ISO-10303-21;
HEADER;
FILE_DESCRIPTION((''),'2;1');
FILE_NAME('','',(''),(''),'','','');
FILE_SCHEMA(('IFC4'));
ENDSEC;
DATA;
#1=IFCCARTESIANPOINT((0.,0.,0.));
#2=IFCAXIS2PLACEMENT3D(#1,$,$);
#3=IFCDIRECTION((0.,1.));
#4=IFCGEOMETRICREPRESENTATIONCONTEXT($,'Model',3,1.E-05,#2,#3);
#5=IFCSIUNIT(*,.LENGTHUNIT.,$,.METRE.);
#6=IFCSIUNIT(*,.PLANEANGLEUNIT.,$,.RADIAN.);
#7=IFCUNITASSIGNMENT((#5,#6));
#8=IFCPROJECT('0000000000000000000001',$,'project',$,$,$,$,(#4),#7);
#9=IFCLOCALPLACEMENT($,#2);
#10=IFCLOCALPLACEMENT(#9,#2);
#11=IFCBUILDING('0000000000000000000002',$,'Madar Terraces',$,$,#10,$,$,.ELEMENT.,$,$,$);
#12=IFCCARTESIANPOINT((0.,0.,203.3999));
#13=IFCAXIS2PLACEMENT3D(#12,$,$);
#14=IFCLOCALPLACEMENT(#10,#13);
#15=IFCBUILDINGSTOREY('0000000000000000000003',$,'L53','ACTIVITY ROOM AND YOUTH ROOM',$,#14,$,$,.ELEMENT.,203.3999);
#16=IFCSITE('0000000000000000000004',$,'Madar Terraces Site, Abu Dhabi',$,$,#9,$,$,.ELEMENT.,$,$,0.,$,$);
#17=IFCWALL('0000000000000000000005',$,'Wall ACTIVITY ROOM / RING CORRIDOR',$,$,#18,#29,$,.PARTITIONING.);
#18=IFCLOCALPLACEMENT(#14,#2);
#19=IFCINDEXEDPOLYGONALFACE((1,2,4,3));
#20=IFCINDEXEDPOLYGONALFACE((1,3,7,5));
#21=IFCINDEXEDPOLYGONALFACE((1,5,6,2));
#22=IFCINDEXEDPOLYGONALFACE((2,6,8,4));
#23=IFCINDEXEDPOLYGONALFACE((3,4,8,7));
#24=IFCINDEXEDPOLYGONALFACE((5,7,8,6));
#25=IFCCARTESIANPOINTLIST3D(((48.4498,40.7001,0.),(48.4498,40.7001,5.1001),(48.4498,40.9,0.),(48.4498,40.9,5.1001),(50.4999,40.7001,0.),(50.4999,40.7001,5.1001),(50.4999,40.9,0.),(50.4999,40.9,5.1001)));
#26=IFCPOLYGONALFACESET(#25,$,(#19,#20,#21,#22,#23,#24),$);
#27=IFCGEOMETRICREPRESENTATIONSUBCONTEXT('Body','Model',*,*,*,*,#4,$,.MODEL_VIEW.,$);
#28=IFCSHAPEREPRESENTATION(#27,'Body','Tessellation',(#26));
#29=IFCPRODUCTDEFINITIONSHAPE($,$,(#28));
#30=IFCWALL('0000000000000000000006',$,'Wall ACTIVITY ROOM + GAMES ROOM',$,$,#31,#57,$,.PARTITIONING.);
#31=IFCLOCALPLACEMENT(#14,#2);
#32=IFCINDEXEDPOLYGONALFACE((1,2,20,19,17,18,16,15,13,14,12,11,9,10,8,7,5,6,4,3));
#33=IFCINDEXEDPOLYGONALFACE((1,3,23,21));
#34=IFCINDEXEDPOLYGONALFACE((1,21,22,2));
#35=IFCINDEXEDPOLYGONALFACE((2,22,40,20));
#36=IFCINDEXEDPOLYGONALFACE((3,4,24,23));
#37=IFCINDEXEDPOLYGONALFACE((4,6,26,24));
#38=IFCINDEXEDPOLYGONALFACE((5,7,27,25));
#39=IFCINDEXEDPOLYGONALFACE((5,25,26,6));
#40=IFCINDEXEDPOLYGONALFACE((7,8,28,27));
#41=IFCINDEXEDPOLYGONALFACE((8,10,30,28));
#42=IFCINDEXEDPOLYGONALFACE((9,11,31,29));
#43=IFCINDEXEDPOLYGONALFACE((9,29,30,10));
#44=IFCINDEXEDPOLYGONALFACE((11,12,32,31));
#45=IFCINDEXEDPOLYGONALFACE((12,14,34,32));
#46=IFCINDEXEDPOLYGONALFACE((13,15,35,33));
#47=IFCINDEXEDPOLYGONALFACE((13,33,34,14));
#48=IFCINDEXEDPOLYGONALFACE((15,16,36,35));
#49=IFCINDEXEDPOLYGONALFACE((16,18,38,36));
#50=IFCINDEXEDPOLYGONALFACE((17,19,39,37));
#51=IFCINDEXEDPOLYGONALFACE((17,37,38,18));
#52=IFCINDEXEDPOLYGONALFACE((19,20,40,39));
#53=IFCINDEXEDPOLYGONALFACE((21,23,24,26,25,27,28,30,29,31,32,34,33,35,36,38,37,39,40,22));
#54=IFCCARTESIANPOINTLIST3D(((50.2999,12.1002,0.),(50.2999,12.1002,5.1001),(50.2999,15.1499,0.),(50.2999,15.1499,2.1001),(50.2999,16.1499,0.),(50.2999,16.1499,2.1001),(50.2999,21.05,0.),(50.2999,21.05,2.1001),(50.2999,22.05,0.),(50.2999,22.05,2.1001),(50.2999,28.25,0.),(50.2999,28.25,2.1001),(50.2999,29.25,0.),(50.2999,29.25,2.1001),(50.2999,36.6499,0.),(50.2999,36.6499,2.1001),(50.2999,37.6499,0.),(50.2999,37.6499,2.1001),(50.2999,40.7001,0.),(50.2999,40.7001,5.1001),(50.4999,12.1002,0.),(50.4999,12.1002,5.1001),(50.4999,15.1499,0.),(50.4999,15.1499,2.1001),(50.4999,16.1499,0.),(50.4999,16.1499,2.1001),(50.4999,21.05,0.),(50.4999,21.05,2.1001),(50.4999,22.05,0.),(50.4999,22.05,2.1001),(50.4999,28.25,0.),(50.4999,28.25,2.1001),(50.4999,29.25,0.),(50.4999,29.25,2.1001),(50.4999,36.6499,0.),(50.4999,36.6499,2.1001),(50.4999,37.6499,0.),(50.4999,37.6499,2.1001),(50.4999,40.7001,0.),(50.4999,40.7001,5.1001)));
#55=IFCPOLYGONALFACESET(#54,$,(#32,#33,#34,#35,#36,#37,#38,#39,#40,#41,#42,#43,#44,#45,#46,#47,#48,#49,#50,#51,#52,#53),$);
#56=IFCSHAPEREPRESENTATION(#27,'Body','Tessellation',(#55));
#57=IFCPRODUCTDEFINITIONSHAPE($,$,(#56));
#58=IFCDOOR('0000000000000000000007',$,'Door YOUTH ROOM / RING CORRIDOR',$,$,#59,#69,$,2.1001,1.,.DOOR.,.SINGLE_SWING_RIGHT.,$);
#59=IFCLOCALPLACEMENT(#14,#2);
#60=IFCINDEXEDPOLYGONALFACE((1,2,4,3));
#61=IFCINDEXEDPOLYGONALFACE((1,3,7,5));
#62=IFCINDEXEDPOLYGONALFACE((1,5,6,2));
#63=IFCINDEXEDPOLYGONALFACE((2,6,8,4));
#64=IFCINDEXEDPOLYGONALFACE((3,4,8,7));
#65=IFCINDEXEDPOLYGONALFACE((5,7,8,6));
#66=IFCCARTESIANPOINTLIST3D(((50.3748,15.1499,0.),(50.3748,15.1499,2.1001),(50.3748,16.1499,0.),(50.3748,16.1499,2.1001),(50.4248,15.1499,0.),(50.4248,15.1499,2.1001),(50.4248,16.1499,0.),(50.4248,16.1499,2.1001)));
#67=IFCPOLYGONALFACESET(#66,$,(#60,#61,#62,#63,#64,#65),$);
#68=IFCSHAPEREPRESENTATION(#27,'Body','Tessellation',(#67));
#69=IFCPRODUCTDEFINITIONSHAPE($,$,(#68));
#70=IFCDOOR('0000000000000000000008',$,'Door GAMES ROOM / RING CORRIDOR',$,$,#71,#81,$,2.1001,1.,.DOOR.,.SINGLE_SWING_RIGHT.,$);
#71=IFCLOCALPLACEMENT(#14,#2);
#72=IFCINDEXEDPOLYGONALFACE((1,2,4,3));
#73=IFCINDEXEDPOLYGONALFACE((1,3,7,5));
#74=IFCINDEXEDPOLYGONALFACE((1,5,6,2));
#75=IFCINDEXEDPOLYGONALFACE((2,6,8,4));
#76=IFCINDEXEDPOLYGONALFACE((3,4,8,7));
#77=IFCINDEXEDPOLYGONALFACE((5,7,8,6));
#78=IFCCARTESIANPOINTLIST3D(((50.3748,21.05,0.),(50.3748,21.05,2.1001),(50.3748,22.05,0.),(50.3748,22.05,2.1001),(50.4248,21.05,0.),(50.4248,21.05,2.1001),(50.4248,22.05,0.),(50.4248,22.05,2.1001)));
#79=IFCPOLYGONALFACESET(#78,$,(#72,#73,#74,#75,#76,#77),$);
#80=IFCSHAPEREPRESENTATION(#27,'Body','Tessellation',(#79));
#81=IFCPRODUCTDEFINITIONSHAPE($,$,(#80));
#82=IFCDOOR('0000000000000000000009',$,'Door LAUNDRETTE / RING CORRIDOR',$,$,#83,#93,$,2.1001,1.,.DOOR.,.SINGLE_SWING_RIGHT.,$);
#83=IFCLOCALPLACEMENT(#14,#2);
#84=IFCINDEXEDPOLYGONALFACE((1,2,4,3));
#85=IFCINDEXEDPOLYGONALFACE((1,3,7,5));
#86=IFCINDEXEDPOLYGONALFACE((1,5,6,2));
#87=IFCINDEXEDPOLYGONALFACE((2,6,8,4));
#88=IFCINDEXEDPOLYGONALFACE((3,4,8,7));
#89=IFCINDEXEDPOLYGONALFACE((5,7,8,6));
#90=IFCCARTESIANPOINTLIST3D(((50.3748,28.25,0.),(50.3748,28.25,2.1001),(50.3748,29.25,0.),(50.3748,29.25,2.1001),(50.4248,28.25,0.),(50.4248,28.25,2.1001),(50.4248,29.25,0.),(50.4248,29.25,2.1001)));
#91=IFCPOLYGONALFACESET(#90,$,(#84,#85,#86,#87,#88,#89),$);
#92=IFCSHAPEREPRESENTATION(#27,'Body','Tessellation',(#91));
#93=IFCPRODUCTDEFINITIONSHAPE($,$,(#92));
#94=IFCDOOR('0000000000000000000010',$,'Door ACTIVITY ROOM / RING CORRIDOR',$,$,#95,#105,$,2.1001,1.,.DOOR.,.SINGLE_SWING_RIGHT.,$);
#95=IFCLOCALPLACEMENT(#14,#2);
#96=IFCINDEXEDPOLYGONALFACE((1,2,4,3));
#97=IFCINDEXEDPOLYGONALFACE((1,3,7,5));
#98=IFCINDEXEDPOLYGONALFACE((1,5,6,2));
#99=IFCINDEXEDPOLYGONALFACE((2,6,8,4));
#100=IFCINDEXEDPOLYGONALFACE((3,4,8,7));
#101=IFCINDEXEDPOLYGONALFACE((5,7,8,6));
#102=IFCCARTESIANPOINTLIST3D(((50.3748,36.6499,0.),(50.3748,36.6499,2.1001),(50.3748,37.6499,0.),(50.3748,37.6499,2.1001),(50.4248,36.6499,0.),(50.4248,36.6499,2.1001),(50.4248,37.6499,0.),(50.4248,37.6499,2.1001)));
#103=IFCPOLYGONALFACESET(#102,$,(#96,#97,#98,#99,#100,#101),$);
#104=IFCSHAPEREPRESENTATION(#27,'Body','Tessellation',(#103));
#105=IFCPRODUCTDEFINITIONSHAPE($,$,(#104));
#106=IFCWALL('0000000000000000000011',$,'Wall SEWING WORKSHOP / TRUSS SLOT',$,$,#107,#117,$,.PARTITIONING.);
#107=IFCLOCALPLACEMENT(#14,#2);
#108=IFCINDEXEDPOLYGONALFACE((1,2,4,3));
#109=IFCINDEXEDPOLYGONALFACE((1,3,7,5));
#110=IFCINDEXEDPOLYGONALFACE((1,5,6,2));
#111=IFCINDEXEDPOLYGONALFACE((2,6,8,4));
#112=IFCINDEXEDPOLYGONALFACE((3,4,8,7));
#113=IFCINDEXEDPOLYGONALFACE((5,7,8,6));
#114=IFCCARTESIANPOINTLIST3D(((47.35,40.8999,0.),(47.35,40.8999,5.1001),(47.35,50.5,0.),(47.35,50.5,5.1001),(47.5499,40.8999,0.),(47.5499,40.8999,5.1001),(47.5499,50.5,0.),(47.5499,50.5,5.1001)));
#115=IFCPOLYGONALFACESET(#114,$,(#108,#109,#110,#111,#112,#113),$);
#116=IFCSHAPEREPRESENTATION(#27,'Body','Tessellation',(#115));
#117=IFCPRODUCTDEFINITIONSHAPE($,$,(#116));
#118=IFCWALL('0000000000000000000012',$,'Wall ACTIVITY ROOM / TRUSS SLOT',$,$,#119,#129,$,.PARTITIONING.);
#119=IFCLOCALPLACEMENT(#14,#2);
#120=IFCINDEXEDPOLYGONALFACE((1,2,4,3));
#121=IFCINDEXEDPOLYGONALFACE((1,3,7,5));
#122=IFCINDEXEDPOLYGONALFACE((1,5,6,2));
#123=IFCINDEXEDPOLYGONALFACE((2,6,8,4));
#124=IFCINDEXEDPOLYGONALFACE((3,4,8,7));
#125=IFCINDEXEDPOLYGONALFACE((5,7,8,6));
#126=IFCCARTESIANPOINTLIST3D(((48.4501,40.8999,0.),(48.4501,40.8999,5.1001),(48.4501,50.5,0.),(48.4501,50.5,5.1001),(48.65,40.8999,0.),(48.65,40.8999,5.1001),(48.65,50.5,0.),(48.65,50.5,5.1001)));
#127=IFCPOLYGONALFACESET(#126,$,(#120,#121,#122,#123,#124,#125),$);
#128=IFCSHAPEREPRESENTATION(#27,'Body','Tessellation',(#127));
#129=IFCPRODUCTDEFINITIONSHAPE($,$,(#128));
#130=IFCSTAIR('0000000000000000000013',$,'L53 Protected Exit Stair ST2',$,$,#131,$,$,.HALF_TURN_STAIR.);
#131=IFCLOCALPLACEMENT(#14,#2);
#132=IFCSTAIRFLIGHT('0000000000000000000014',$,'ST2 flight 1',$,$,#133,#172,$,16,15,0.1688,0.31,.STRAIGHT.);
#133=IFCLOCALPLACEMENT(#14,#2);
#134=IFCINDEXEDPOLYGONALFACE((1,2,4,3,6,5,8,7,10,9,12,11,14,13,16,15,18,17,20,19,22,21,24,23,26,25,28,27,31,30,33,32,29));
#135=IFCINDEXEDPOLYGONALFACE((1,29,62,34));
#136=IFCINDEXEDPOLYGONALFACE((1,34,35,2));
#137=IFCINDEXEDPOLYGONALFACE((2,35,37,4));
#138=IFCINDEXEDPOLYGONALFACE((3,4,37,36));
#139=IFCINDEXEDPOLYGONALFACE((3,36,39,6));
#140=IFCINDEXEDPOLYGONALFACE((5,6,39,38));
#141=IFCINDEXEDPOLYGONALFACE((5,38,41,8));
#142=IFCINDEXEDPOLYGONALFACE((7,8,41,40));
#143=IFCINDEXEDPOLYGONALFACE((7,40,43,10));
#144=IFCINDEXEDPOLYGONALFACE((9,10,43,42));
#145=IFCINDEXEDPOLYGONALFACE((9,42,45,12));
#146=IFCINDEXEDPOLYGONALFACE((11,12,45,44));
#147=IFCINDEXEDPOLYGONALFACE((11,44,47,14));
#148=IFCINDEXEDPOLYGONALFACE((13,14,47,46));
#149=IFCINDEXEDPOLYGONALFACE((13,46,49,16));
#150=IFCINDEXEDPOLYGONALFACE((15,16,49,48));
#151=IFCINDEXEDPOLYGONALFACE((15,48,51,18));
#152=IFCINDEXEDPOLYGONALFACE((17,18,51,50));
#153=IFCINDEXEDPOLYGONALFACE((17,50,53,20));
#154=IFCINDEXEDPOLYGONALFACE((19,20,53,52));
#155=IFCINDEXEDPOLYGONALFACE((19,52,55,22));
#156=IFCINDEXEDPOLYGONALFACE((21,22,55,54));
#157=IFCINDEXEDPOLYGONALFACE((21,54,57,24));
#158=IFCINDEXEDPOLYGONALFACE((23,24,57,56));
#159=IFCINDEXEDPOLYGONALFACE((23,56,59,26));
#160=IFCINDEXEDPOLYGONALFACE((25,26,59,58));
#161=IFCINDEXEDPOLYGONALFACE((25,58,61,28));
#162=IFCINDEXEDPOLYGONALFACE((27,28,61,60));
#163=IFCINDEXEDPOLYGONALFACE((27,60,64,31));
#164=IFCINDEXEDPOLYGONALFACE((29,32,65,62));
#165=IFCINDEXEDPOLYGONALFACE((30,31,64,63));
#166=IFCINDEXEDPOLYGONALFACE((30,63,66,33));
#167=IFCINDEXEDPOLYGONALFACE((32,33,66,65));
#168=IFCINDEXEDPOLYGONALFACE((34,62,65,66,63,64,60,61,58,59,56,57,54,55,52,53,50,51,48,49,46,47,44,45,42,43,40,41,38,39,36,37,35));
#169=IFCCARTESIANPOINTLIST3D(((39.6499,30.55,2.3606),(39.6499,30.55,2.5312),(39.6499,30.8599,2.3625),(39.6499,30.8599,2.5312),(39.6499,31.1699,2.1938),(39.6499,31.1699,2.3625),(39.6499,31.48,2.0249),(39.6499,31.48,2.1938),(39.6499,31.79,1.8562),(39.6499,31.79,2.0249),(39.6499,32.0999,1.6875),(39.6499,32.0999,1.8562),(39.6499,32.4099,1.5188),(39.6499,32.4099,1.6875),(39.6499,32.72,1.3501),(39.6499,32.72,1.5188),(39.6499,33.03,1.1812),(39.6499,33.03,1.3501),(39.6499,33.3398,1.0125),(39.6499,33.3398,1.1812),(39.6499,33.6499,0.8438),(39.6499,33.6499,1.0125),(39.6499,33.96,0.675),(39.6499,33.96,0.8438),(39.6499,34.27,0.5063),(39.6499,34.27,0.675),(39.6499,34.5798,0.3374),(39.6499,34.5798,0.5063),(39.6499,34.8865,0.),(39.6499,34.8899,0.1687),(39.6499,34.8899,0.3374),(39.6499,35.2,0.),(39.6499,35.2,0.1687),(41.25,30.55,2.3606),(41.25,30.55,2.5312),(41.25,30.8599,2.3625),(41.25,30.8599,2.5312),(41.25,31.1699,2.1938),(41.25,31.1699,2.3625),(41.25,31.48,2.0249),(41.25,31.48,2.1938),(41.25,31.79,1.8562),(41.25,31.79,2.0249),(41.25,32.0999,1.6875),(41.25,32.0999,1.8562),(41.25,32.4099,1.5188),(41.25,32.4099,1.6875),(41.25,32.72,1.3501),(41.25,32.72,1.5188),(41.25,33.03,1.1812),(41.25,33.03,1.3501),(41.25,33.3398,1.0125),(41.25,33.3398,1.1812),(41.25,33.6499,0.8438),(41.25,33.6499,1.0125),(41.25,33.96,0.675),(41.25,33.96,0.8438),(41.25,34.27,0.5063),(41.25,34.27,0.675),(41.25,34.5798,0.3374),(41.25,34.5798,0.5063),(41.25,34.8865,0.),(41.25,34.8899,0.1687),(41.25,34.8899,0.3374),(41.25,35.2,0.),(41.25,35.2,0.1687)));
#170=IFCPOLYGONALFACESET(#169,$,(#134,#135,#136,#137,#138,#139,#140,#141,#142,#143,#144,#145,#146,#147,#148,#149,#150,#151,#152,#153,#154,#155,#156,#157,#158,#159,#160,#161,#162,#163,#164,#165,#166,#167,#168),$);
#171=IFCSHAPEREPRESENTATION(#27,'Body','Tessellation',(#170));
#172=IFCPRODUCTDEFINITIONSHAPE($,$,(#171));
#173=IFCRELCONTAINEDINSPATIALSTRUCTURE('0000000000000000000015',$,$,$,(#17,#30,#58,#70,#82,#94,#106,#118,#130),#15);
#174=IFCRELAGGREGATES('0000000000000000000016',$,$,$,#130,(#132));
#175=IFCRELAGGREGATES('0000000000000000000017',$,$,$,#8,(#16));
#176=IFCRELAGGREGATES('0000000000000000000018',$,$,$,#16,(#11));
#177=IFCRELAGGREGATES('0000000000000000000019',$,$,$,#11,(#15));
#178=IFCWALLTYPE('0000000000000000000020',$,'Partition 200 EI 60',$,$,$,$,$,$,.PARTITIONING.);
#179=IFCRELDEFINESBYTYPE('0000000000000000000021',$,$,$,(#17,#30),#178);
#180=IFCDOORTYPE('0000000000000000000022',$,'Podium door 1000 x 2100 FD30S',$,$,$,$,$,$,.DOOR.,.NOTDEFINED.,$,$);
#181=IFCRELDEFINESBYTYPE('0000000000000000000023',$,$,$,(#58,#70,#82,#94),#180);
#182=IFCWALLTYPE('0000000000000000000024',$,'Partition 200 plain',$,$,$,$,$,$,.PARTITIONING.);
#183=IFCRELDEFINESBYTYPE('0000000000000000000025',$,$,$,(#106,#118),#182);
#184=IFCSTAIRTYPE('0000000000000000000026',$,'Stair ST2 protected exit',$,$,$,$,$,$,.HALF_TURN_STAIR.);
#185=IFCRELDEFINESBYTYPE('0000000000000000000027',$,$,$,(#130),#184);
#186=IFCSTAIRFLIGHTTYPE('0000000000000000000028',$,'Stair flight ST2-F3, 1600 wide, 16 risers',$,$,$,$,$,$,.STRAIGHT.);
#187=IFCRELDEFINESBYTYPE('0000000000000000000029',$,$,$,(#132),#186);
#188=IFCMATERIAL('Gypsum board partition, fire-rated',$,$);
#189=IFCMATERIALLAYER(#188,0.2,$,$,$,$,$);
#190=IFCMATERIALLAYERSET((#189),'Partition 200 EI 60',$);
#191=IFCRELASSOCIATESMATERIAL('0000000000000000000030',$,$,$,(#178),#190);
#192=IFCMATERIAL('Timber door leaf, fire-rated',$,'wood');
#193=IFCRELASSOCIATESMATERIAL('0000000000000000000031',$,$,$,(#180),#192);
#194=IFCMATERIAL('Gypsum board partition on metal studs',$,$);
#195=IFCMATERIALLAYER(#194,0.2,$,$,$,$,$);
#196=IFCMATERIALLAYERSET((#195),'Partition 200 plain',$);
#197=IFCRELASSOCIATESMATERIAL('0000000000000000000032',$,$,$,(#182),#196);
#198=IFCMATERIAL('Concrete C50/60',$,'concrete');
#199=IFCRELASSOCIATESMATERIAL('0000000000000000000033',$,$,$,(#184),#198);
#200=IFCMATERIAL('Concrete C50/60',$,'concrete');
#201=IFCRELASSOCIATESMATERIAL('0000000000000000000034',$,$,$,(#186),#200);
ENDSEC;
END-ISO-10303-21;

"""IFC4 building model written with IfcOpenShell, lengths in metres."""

from ifc_helpers import new_model, si_unit, direction, frame, frame_2d, origin, place, context, subcontext, project, spatial, polyline, rectangle, outline, extrude, material, layer, layer_set, type_object, element, fill, aggregate, save


model = new_model("IFC4")

# Units and contexts
model_context = context("Model", 3, precision=1e-05, world=origin(), true_north=direction((0.0, 1.0)))
body_context = subcontext(model_context, "Body", "Model", "MODEL_VIEW")
ifc_project = project(units=[si_unit("LENGTHUNIT", "METRE"), si_unit("PLANEANGLEUNIT", "RADIAN")], contexts=[model_context])

# Site, building, storey
site_placement = place(None, origin())
site = spatial("IfcSite", under=ifc_project, at=site_placement, Name="Madar Terraces Site, Abu Dhabi", CompositionType="ELEMENT", RefElevation=0.0)
building_placement = place(site_placement, origin())
building = spatial("IfcBuilding", under=site, at=building_placement, Name="Madar Terraces", CompositionType="ELEMENT")
storey_placement = place(building_placement, frame((0.0, 0.0, 203.3999)))
storey = spatial("IfcBuildingStorey", under=building, at=storey_placement, Name="L53", Description="ACTIVITY ROOM AND YOUTH ROOM", CompositionType="ELEMENT", Elevation=203.3999)

# Wall
ifc_material_1 = material(Name="Gypsum board partition, fire-rated")
ifc_layer_1 = layer(ifc_material_1, 0.2)
ifc_layer_set_1 = layer_set([ifc_layer_1], Name="Partition 200 EI 60")
wall_type_1 = type_object("IfcWallType", Name="Partition 200 EI 60", PredefinedType="PARTITIONING", material=ifc_layer_set_1)
wall_1_placement = place(storey_placement, frame((48.45, 40.8, 0.0), z_axis=(0.0, 0.0, 1.0), x_axis=(1.0, 0.0, 0.0)))
element("IfcWall", 1, at=wall_1_placement, inside=storey, type_object=wall_type_1, Name="Wall ACTIVITY ROOM / RING CORRIDOR", PredefinedType="PARTITIONING", context=body_context, shape_type="SweptSolid", body=[
    extrude(rectangle(XDim=2.05, YDim=0.2, at=frame_2d((1.0249, 0.0))), origin(), (0.0, 0.0, 1.0), 5.1001),
])

# Wall, openings, doors
wall_2_placement = place(storey_placement, frame((50.3999, 40.7, 0.0), z_axis=(0.0, 0.0, 1.0), x_axis=(0.0, -1.0, 0.0)))
wall_2 = element("IfcWall", 2, at=wall_2_placement, inside=storey, type_object=wall_type_1, Name="Wall ACTIVITY ROOM + GAMES ROOM", PredefinedType="PARTITIONING", context=body_context, shape_type="SweptSolid", body=[
    extrude(rectangle(XDim=28.5999, YDim=0.2, at=frame_2d((14.2998, 0.0))), origin(), (0.0, 0.0, 1.0), 5.1001),
])
opening_1_placement = place(wall_2_placement, frame((24.55, 0.0, 0.0)))
opening_1 = element("IfcOpeningElement", 3, at=opening_1_placement, cuts=wall_2, PredefinedType="OPENING", context=body_context, shape_type="SweptSolid", body=[
    extrude(rectangle(XDim=1.0, YDim=2.1001, at=frame_2d((0.5, 1.05))), frame((0.0, 0.1099, 0.0), z_axis=(0.0, -1.0, 0.0), x_axis=(1.0, 0.0, 0.0)), (0.0, 0.0, 1.0), 0.22),
])
opening_2_placement = place(wall_2_placement, frame((18.6499, 0.0, 0.0)))
opening_2 = element("IfcOpeningElement", 4, at=opening_2_placement, cuts=wall_2, PredefinedType="OPENING", context=body_context, shape_type="SweptSolid", body=[
    extrude(rectangle(XDim=1.0, YDim=2.1001, at=frame_2d((0.5, 1.05))), frame((0.0, 0.1099, 0.0), z_axis=(0.0, -1.0, 0.0), x_axis=(1.0, 0.0, 0.0)), (0.0, 0.0, 1.0), 0.22),
])
opening_3_placement = place(wall_2_placement, frame((11.45, 0.0, 0.0)))
opening_3 = element("IfcOpeningElement", 5, at=opening_3_placement, cuts=wall_2, PredefinedType="OPENING", context=body_context, shape_type="SweptSolid", body=[
    extrude(rectangle(XDim=1.0, YDim=2.1001, at=frame_2d((0.5, 1.05))), frame((0.0, 0.1099, 0.0), z_axis=(0.0, -1.0, 0.0), x_axis=(1.0, 0.0, 0.0)), (0.0, 0.0, 1.0), 0.22),
])
opening_4_placement = place(wall_2_placement, frame((3.05, 0.0, 0.0)))
opening_4 = element("IfcOpeningElement", 6, at=opening_4_placement, cuts=wall_2, PredefinedType="OPENING", context=body_context, shape_type="SweptSolid", body=[
    extrude(rectangle(XDim=1.0, YDim=2.1001, at=frame_2d((0.5, 1.05))), frame((0.0, 0.1099, 0.0), z_axis=(0.0, -1.0, 0.0), x_axis=(1.0, 0.0, 0.0)), (0.0, 0.0, 1.0), 0.22),
])
ifc_material_2 = material(Name="Timber door leaf, fire-rated", Category="wood")
door_type_1 = type_object("IfcDoorType", Name="Podium door 1000 x 2100 FD30S", OperationType="NOTDEFINED", PredefinedType="DOOR", material=ifc_material_2)
door_1_placement = place(opening_1_placement, origin())
door_1 = element("IfcDoor", 7, at=door_1_placement, inside=storey, type_object=door_type_1, Name="Door YOUTH ROOM / RING CORRIDOR", OperationType="SINGLE_SWING_RIGHT", OverallHeight=2.1001, OverallWidth=1.0, PredefinedType="DOOR", context=body_context, shape_type="SweptSolid", body=[
    extrude(rectangle(XDim=1.0, YDim=2.1001, at=frame_2d((0.5, 1.05))), frame((0.0, 0.0249, 0.0), z_axis=(0.0, -1.0, 0.0), x_axis=(1.0, 0.0, 0.0)), (0.0, 0.0, 1.0), 0.05),
])
fill(opening_1, door_1)
door_2_placement = place(opening_2_placement, origin())
door_2 = element("IfcDoor", 8, at=door_2_placement, inside=storey, type_object=door_type_1, Name="Door GAMES ROOM / RING CORRIDOR", OperationType="SINGLE_SWING_RIGHT", OverallHeight=2.1001, OverallWidth=1.0, PredefinedType="DOOR", context=body_context, shape_type="SweptSolid", body=[
    extrude(rectangle(XDim=1.0, YDim=2.1001, at=frame_2d((0.5, 1.05))), frame((0.0, 0.0249, 0.0), z_axis=(0.0, -1.0, 0.0), x_axis=(1.0, 0.0, 0.0)), (0.0, 0.0, 1.0), 0.05),
])
fill(opening_2, door_2)
door_3_placement = place(opening_3_placement, origin())
door_3 = element("IfcDoor", 9, at=door_3_placement, inside=storey, type_object=door_type_1, Name="Door LAUNDRETTE / RING CORRIDOR", OperationType="SINGLE_SWING_RIGHT", OverallHeight=2.1001, OverallWidth=1.0, PredefinedType="DOOR", context=body_context, shape_type="SweptSolid", body=[
    extrude(rectangle(XDim=1.0, YDim=2.1001, at=frame_2d((0.5, 1.05))), frame((0.0, 0.0249, 0.0), z_axis=(0.0, -1.0, 0.0), x_axis=(1.0, 0.0, 0.0)), (0.0, 0.0, 1.0), 0.05),
])
fill(opening_3, door_3)
door_4_placement = place(opening_4_placement, origin())
door_4 = element("IfcDoor", 10, at=door_4_placement, inside=storey, type_object=door_type_1, Name="Door ACTIVITY ROOM / RING CORRIDOR", OperationType="SINGLE_SWING_RIGHT", OverallHeight=2.1001, OverallWidth=1.0, PredefinedType="DOOR", context=body_context, shape_type="SweptSolid", body=[
    extrude(rectangle(XDim=1.0, YDim=2.1001, at=frame_2d((0.5, 1.05))), frame((0.0, 0.0249, 0.0), z_axis=(0.0, -1.0, 0.0), x_axis=(1.0, 0.0, 0.0)), (0.0, 0.0, 1.0), 0.05),
])
fill(opening_4, door_4)

# Walls
ifc_material_3 = material(Name="Gypsum board partition on metal studs")
ifc_layer_2 = layer(ifc_material_3, 0.2)
ifc_layer_set_2 = layer_set([ifc_layer_2], Name="Partition 200 plain")
wall_type_2 = type_object("IfcWallType", Name="Partition 200 plain", PredefinedType="PARTITIONING", material=ifc_layer_set_2)
for number, where, z_axis, x_axis, name in (
    (11, (47.45, 40.8999, 0.0), (0.0, 0.0, 1.0), (0.0, 1.0, 0.0), "Wall SEWING WORKSHOP / TRUSS SLOT"),
    (12, (48.55, 40.8999, 0.0), (0.0, 0.0, 1.0), (0.0, 1.0, 0.0), "Wall ACTIVITY ROOM / TRUSS SLOT"),
):
    element("IfcWall", number, at=place(storey_placement, frame(where, z_axis=z_axis, x_axis=x_axis)), inside=storey, type_object=wall_type_2, Name=name, PredefinedType="PARTITIONING", context=body_context, shape_type="SweptSolid", body=[
        extrude(rectangle(XDim=9.6001, YDim=0.2, at=frame_2d((4.8, 0.0))), origin(), (0.0, 0.0, 1.0), 5.1001),
    ])

# Stair, stair flight
ifc_material_4 = material(Name="Concrete C50/60", Category="concrete")
stair_type = type_object("IfcStairType", Name="Stair ST2 protected exit", PredefinedType="HALF_TURN_STAIR", material=ifc_material_4)
stair_placement = place(storey_placement, origin())
stair = element("IfcStair", 13, at=stair_placement, inside=storey, type_object=stair_type, Name="L53 Protected Exit Stair ST2", PredefinedType="HALF_TURN_STAIR")
ifc_material_5 = material(Name="Concrete C50/60", Category="concrete")
stair_flight_type = type_object("IfcStairFlightType", Name="Stair flight ST2-F3, 1600 wide, 16 risers", PredefinedType="STRAIGHT", material=ifc_material_5)
stair_flight_1_placement = place(storey_placement, frame((40.45, 35.2, 0.0), z_axis=(0.0, 0.0, 1.0), x_axis=(0.0, -1.0, 0.0)))
stair_flight_1 = element("IfcStairFlight", 14, at=stair_flight_1_placement, type_object=stair_flight_type, Name="ST2 flight 1", NumberOfRisers=16, NumberOfTreads=15, PredefinedType="STRAIGHT", RiserHeight=0.1688, TreadLength=0.31, context=body_context, shape_type="SweptSolid", body=[
    extrude(outline(polyline([(0.0, 0.0), (0.0, 0.1687), (0.3101, 0.1687), (0.3101, 0.3374), (0.6201, 0.3374), (0.6201, 0.5063), (0.9299, 0.5063), (0.9299, 0.675), (1.24, 0.675), (1.24, 0.8438), (1.55, 0.8438), (1.55, 1.0125), (1.8601, 1.0125), (1.8601, 1.1812), (2.1699, 1.1812), (2.1699, 1.3501), (2.48, 1.3501), (2.48, 1.5188), (2.79, 1.5188), (2.79, 1.6875), (3.1001, 1.6875), (3.1001, 1.8562), (3.4099, 1.8562), (3.4099, 2.0249), (3.72, 2.0249), (3.72, 2.1938), (4.03, 2.1938), (4.03, 2.3625), (4.3401, 2.3625), (4.3401, 2.5312), (4.6499, 2.5312), (4.6499, 2.7), (4.6499, 2.3606), (0.3135, 0.0), (0.0, 0.0)])), frame((0.0, 0.8, 0.0), z_axis=(0.0, -1.0, 0.0), x_axis=(1.0, 0.0, 0.0)), (0.0, 0.0, 1.0), 1.6001),
])
aggregate(stair, [stair_flight_1])

save(model, "model.ifc")
